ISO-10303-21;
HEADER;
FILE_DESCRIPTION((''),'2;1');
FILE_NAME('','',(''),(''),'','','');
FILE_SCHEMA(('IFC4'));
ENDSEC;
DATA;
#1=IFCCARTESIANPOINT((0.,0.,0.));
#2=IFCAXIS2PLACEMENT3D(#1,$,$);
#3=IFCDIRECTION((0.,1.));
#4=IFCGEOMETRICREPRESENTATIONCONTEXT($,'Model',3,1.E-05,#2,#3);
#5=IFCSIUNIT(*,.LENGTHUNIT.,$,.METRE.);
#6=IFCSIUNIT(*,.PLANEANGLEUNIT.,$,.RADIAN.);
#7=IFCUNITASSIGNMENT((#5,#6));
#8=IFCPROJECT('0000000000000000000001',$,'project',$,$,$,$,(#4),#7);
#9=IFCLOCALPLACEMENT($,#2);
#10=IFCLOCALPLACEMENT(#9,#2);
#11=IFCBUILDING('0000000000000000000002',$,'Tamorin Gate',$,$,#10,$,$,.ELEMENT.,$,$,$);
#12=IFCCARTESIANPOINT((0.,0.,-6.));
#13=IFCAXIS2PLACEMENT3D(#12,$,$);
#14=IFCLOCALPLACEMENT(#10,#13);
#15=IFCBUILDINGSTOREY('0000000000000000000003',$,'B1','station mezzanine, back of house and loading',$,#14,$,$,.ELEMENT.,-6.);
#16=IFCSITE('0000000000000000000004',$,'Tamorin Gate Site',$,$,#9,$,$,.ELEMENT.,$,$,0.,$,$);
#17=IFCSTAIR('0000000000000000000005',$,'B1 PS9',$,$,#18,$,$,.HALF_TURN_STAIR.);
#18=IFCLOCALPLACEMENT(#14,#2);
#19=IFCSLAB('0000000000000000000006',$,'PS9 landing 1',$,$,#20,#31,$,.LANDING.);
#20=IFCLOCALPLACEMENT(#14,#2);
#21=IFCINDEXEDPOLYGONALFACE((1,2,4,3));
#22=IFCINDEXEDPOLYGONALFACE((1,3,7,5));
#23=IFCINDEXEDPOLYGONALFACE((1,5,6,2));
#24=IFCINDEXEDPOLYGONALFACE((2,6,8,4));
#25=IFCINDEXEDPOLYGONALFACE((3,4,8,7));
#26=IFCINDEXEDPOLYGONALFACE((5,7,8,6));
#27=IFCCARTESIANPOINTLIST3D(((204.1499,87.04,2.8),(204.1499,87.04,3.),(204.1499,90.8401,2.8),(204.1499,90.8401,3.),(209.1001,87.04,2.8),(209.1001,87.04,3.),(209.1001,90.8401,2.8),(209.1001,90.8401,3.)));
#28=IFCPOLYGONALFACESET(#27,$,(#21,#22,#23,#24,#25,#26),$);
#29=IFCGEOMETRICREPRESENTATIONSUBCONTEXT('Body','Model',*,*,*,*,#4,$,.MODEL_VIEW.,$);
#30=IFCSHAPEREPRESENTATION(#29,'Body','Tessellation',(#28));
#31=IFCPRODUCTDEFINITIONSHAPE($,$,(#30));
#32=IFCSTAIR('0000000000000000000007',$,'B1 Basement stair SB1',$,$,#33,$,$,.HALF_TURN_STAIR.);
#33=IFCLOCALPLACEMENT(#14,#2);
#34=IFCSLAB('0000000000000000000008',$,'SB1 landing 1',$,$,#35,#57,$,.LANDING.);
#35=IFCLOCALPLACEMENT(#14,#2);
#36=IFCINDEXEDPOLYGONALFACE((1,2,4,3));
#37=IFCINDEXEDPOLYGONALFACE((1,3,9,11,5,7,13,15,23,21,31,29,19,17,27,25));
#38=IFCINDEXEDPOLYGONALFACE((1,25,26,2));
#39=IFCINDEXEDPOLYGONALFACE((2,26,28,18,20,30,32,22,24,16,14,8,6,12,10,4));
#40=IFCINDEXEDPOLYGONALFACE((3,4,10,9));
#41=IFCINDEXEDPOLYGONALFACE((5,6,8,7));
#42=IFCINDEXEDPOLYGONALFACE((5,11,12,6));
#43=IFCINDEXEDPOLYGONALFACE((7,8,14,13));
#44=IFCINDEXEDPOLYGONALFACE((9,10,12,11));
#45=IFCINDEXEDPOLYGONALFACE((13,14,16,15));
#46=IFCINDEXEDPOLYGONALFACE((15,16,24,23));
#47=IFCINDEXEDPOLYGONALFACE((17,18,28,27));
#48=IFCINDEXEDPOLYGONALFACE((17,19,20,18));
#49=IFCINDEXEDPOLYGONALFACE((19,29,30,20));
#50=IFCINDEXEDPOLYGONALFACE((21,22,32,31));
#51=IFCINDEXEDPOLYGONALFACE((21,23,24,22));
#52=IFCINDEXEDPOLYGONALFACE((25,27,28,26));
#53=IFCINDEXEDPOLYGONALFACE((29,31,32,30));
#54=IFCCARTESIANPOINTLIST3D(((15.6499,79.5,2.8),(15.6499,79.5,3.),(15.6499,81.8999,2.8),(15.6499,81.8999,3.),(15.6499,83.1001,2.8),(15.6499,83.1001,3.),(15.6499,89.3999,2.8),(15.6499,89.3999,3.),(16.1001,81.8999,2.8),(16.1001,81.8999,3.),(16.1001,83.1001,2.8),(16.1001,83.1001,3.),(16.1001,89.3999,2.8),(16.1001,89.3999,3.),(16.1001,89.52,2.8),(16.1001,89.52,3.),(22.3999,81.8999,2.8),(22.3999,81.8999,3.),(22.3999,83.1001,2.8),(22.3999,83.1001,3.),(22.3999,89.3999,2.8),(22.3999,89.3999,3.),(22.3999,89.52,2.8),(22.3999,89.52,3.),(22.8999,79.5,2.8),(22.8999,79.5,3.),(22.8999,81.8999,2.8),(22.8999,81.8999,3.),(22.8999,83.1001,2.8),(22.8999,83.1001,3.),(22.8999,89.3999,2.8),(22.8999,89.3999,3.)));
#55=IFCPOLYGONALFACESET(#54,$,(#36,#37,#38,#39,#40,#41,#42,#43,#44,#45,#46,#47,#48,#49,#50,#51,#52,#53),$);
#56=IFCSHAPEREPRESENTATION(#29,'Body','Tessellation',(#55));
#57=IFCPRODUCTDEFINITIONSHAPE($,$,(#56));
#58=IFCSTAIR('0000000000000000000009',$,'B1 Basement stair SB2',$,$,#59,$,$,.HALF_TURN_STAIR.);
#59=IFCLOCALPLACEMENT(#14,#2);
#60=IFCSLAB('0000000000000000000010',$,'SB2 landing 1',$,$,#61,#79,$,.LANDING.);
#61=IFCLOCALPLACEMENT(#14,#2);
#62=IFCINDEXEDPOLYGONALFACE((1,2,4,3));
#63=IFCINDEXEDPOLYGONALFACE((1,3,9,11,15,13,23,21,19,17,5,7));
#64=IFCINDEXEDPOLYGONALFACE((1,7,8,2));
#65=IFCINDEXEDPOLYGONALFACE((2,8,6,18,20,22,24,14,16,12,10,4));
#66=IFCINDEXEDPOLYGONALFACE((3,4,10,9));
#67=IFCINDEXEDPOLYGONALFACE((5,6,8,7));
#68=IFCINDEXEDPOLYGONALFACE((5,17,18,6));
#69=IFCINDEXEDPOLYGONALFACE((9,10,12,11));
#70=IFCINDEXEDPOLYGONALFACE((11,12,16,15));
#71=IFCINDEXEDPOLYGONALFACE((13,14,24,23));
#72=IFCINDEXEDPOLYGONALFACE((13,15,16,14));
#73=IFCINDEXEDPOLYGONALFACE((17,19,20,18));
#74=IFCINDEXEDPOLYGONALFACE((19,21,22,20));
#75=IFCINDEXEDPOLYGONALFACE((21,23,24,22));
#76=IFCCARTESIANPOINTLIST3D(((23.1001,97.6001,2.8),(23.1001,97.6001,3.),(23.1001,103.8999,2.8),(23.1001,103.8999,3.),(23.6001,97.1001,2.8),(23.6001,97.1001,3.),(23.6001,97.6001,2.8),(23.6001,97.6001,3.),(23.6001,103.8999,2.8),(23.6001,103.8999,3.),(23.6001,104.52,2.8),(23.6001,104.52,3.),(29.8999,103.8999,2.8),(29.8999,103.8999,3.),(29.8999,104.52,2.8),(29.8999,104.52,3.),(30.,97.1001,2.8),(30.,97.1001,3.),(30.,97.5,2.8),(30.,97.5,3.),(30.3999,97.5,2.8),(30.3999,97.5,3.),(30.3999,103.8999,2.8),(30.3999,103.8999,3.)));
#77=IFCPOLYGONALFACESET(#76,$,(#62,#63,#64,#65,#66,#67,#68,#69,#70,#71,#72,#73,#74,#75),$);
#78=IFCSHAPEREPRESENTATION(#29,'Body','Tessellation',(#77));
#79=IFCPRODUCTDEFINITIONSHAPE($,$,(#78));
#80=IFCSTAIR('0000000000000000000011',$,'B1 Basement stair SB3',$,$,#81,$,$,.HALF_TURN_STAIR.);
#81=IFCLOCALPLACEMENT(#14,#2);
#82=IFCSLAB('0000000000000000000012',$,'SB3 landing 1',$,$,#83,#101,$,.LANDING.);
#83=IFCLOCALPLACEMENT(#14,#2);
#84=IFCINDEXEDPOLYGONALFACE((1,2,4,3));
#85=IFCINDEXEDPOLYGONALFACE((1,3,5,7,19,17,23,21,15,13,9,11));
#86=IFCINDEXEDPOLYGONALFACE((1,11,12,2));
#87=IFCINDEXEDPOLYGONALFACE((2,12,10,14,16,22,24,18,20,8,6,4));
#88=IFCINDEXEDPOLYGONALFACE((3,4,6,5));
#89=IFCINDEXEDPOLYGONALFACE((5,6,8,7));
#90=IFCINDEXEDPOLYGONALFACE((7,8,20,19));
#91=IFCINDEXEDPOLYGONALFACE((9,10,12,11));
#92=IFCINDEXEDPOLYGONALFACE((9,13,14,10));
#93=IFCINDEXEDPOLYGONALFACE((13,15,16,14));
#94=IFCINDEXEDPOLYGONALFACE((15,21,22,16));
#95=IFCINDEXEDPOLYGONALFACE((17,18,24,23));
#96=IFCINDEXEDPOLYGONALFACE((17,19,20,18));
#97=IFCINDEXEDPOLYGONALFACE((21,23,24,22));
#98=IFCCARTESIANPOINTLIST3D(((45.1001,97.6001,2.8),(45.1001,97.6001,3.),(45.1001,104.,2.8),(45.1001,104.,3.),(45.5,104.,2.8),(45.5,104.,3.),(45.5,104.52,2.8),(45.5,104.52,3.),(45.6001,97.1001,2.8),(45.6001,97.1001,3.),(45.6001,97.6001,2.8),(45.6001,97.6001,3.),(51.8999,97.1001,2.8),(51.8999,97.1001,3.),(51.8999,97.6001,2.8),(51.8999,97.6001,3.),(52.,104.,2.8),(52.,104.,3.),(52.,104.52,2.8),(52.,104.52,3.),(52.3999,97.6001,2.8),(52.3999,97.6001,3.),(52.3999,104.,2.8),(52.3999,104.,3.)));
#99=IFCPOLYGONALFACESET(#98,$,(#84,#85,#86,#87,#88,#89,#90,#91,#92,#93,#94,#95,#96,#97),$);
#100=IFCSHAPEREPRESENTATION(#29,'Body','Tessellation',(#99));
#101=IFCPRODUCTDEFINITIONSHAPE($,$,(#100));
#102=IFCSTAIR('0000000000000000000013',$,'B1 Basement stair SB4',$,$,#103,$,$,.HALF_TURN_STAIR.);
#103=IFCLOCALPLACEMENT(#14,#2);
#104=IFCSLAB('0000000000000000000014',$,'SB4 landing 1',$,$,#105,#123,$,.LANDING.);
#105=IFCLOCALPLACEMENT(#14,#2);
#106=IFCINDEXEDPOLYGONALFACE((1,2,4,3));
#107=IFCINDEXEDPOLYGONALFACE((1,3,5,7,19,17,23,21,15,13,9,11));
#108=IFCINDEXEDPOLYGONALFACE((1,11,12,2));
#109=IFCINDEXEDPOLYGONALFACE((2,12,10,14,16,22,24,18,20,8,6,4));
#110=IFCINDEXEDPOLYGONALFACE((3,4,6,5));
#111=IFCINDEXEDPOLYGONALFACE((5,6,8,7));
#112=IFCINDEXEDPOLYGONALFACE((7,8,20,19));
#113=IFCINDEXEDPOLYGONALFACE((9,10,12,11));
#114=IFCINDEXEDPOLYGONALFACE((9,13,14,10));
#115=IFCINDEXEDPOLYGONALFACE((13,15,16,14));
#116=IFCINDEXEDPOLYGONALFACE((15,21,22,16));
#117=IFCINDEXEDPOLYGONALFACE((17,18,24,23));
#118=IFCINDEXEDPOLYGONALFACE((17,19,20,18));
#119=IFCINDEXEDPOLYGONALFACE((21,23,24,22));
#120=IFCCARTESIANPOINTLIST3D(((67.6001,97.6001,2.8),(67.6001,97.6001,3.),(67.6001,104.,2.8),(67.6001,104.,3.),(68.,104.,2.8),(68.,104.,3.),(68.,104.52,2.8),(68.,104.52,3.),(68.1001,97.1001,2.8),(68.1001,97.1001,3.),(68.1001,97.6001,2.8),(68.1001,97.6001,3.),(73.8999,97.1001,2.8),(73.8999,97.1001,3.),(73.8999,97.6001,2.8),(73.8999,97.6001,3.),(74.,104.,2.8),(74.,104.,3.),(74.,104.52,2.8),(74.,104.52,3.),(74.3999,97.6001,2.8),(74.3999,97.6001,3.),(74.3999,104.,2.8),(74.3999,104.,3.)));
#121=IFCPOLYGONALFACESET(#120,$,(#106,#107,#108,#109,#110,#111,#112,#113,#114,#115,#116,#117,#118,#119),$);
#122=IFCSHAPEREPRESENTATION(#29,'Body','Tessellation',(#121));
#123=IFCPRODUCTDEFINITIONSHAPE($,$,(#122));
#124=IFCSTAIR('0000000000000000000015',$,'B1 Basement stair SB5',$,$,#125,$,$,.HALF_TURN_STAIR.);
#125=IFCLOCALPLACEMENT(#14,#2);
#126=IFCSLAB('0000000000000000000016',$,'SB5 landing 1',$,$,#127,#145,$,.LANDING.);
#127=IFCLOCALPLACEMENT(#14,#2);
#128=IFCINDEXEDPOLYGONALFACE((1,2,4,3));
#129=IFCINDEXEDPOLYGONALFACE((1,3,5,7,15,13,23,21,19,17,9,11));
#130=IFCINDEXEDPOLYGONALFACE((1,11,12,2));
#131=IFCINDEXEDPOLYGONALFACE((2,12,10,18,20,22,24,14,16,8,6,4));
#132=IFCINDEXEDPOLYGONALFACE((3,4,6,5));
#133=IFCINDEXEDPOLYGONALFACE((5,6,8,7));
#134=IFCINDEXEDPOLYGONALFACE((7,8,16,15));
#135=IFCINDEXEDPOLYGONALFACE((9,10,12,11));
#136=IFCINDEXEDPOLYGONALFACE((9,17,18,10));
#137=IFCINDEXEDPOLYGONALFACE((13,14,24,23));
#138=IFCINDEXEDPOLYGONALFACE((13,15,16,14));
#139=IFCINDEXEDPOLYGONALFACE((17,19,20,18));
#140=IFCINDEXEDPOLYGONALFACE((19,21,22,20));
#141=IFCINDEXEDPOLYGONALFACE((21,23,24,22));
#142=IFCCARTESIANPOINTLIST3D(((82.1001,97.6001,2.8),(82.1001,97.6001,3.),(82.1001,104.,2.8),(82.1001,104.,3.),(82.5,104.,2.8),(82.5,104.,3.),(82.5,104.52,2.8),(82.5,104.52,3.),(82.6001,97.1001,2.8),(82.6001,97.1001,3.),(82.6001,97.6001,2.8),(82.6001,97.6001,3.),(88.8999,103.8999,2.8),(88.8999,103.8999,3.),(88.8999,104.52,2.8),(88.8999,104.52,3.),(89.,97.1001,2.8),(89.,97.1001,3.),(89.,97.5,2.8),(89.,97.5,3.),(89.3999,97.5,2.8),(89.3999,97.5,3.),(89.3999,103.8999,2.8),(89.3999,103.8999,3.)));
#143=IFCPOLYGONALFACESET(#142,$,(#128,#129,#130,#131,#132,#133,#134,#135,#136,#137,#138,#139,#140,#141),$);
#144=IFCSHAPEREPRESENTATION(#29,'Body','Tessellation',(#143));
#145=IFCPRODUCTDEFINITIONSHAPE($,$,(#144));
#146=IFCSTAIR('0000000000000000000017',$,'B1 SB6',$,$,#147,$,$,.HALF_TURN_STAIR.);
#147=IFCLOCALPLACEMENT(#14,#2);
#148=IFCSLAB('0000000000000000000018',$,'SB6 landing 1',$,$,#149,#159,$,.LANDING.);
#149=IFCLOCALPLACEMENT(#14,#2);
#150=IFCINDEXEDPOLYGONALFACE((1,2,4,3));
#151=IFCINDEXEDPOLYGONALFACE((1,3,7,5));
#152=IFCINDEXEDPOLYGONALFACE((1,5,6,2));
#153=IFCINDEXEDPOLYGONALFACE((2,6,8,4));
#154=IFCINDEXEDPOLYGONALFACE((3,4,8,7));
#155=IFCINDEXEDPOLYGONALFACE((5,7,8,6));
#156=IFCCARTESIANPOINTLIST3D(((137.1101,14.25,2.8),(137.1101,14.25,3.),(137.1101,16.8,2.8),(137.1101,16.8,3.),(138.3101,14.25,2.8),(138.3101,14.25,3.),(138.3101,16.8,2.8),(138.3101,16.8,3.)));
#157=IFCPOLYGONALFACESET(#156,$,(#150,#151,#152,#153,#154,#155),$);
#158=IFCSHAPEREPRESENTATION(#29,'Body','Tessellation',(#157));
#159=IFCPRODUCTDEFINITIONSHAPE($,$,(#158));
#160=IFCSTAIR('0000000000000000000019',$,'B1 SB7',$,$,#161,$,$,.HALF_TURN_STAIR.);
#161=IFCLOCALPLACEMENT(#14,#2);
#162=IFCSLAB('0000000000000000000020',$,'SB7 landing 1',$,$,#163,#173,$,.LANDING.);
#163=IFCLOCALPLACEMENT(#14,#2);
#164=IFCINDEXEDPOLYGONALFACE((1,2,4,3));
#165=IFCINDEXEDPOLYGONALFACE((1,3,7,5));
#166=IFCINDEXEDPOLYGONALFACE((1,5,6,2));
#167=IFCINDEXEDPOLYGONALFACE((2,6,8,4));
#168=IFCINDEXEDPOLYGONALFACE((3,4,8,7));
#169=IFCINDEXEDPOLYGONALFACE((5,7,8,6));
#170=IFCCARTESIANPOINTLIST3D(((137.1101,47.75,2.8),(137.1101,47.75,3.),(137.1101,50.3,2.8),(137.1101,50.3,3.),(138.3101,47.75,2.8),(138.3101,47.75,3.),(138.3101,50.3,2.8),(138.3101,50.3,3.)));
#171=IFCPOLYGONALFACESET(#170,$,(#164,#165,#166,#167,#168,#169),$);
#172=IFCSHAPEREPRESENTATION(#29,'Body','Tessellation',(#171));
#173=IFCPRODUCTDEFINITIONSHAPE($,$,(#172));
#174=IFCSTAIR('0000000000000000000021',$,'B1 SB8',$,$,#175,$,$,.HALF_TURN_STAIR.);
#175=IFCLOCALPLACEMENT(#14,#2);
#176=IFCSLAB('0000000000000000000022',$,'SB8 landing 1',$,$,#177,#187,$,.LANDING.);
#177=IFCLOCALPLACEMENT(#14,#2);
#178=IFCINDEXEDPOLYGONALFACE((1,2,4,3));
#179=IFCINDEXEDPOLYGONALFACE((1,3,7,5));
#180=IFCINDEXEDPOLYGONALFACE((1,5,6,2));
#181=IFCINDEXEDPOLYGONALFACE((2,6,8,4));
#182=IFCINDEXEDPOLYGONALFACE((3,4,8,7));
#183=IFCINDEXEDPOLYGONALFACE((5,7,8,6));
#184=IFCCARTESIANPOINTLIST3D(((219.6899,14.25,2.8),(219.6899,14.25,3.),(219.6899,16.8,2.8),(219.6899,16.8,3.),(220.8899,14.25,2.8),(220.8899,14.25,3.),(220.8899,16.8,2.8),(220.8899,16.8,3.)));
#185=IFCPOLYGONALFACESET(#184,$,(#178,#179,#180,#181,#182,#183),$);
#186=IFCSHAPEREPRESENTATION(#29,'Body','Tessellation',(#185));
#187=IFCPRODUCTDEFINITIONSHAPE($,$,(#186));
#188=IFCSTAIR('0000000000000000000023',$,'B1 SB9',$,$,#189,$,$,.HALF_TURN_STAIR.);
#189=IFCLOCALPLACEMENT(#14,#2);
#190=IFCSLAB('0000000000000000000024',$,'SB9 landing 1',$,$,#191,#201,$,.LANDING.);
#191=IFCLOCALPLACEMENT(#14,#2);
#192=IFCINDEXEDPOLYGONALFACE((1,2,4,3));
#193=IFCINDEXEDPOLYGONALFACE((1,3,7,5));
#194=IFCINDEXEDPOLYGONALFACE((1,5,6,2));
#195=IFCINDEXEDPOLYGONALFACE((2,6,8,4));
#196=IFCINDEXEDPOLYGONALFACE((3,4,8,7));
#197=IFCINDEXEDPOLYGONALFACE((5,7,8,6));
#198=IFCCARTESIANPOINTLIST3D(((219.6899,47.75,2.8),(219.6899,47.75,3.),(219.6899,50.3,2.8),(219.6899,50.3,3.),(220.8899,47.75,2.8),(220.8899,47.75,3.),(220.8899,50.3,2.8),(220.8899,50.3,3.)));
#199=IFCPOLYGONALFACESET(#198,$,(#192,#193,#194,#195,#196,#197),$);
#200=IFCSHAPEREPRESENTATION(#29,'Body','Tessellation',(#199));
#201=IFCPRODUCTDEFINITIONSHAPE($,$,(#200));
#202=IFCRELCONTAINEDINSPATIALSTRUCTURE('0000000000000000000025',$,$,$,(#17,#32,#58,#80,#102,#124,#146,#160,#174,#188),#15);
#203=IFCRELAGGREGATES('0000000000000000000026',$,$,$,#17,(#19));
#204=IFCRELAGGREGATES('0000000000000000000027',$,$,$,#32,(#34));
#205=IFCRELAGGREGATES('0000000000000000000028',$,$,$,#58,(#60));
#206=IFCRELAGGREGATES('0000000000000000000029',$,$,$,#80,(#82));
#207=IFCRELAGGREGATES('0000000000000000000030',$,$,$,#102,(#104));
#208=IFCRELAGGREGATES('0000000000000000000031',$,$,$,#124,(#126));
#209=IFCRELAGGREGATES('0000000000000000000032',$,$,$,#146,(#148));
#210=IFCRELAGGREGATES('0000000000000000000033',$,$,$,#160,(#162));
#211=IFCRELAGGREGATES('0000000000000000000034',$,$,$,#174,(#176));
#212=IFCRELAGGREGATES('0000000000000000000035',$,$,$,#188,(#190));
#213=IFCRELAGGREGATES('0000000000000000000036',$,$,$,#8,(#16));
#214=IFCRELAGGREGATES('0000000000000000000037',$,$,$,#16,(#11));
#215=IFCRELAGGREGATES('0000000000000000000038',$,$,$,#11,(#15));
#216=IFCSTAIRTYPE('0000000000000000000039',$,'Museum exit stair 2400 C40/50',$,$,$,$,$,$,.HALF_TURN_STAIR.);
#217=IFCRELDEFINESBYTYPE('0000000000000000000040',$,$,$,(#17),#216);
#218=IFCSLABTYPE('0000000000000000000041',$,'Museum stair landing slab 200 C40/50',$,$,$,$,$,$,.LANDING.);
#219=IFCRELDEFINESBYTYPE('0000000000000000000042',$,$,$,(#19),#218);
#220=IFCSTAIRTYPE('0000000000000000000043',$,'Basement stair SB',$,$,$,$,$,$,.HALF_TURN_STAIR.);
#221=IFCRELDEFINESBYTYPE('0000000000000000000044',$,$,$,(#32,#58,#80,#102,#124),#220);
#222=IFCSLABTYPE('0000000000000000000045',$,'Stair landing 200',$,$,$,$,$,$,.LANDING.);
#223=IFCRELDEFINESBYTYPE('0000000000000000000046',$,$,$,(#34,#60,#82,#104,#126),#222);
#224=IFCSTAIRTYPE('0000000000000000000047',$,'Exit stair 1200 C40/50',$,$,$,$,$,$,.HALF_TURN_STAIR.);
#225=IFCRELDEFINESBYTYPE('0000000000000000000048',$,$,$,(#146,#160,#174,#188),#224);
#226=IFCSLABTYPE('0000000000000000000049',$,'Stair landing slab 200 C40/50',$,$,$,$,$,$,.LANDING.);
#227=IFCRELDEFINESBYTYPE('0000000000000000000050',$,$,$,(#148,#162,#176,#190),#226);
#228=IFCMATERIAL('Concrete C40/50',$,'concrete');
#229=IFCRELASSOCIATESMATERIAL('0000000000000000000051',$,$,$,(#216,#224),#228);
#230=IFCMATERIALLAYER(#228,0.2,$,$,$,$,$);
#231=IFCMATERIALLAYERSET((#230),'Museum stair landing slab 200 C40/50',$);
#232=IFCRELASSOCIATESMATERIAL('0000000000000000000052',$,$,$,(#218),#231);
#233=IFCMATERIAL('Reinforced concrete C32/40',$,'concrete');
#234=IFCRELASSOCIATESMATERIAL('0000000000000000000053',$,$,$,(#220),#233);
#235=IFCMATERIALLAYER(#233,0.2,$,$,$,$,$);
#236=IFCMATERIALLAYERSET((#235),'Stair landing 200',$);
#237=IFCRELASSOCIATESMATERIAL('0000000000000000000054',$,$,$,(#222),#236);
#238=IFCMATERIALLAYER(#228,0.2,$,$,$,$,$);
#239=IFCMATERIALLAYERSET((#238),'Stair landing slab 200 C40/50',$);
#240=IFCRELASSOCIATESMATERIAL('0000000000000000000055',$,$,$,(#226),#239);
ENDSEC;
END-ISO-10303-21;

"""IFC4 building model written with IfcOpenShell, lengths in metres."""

from ifc_helpers import new_model, si_unit, direction, frame, origin, place, context, subcontext, project, spatial, polyline, outline, extrude, material, layer, layer_set, type_object, element, aggregate, save


model = new_model("IFC4")

# Units and contexts
model_context = context("Model", 3, precision=1e-05, world=origin(), true_north=direction((0.0, 1.0)))
body_context = subcontext(model_context, "Body", "Model", "MODEL_VIEW")
ifc_project = project(units=[si_unit("LENGTHUNIT", "METRE"), si_unit("PLANEANGLEUNIT", "RADIAN")], contexts=[model_context])

# Site, building, storey
site_placement = place(None, origin())
site = spatial("IfcSite", under=ifc_project, at=site_placement, Name="Tamorin Gate Site", CompositionType="ELEMENT", RefElevation=0.0)
building_placement = place(site_placement, origin())
building = spatial("IfcBuilding", under=site, at=building_placement, Name="Tamorin Gate", CompositionType="ELEMENT")
storey_placement = place(building_placement, frame((0.0, 0.0, -6.0)))
storey = spatial("IfcBuildingStorey", under=building, at=storey_placement, Name="B1", Description="station mezzanine, back of house and loading", CompositionType="ELEMENT", Elevation=-6.0)

# Shared definitions
ifc_material_1 = material(Name="Concrete C40/50", Category="concrete")

# Stairs, slabs
stair_type_1 = type_object("IfcStairType", Name="Museum exit stair 2400 C40/50", PredefinedType="HALF_TURN_STAIR", material=ifc_material_1)
ifc_layer_1 = layer(ifc_material_1, 0.2)
ifc_layer_set_1 = layer_set([ifc_layer_1], Name="Museum stair landing slab 200 C40/50")
slab_type_1 = type_object("IfcSlabType", Name="Museum stair landing slab 200 C40/50", PredefinedType="LANDING", material=ifc_layer_set_1)
stair_1_placement = place(storey_placement, origin())
stair_1 = element("IfcStair", 1, at=stair_1_placement, inside=storey, type_object=stair_type_1, Name="B1 PS9", PredefinedType="HALF_TURN_STAIR")
slab_1_placement = place(storey_placement, frame((0.0, 0.0, 2.8)))
slab_1 = element("IfcSlab", 2, at=slab_1_placement, type_object=slab_type_1, Name="PS9 landing 1", PredefinedType="LANDING", context=body_context, shape_type="SweptSolid", body=[
    extrude(outline(polyline([(204.1499, 90.8401), (204.1499, 87.04), (209.1001, 87.04), (209.1001, 90.8401), (204.1499, 90.8401)])), origin(), (0.0, 0.0, 1.0), 0.2),
])
aggregate(stair_1, [slab_1])
ifc_material_2 = material(Name="Reinforced concrete C32/40", Category="concrete")
stair_type_2 = type_object("IfcStairType", Name="Basement stair SB", PredefinedType="HALF_TURN_STAIR", material=ifc_material_2)
stair_2_placement = place(storey_placement, origin())
stair_2 = element("IfcStair", 3, at=stair_2_placement, inside=storey, type_object=stair_type_2, Name="B1 Basement stair SB1", PredefinedType="HALF_TURN_STAIR")
ifc_layer_2 = layer(ifc_material_2, 0.2)
ifc_layer_set_2 = layer_set([ifc_layer_2], Name="Stair landing 200")
slab_type_2 = type_object("IfcSlabType", Name="Stair landing 200", PredefinedType="LANDING", material=ifc_layer_set_2)
slab_2_placement = place(storey_placement, frame((0.0, 0.0, 2.8)))
slab_2 = element("IfcSlab", 4, at=slab_2_placement, type_object=slab_type_2, Name="SB1 landing 1", PredefinedType="LANDING", context=body_context, shape_type="SweptSolid", body=[
    extrude(outline(polyline([(22.3999, 83.1001), (22.3999, 81.8999), (22.8999, 81.8999), (22.8999, 79.5), (15.6499, 79.5), (15.6499, 81.8999), (16.1001, 81.8999), (16.1001, 83.1001), (15.6499, 83.1001), (15.6499, 89.3999), (16.1001, 89.3999), (16.1001, 89.52), (22.3999, 89.52), (22.3999, 89.3999), (22.8999, 89.3999), (22.8999, 83.1001), (22.3999, 83.1001)])), origin(), (0.0, 0.0, 1.0), 0.2),
])
aggregate(stair_2, [slab_2])
stair_3_placement = place(storey_placement, origin())
stair_3 = element("IfcStair", 5, at=stair_3_placement, inside=storey, type_object=stair_type_2, Name="B1 Basement stair SB2", PredefinedType="HALF_TURN_STAIR")
slab_3_placement = place(storey_placement, frame((0.0, 0.0, 2.8)))
slab_3 = element("IfcSlab", 6, at=slab_3_placement, type_object=slab_type_2, Name="SB2 landing 1", PredefinedType="LANDING", context=body_context, shape_type="SweptSolid", body=[
    extrude(outline(polyline([(30.3999, 97.5), (30.0, 97.5), (30.0, 97.1001), (23.6001, 97.1001), (23.6001, 97.6001), (23.1001, 97.6001), (23.1001, 103.8999), (23.6001, 103.8999), (23.6001, 104.52), (29.8999, 104.52), (29.8999, 103.8999), (30.3999, 103.8999), (30.3999, 97.5)])), origin(), (0.0, 0.0, 1.0), 0.2),
])
aggregate(stair_3, [slab_3])
stair_4_placement = place(storey_placement, origin())
stair_4 = element("IfcStair", 7, at=stair_4_placement, inside=storey, type_object=stair_type_2, Name="B1 Basement stair SB3", PredefinedType="HALF_TURN_STAIR")
slab_4_placement = place(storey_placement, frame((0.0, 0.0, 2.8)))
slab_4 = element("IfcSlab", 8, at=slab_4_placement, type_object=slab_type_2, Name="SB3 landing 1", PredefinedType="LANDING", context=body_context, shape_type="SweptSolid", body=[
    extrude(outline(polyline([(51.8999, 97.6001), (51.8999, 97.1001), (45.6001, 97.1001), (45.6001, 97.6001), (45.1001, 97.6001), (45.1001, 104.0), (45.5, 104.0), (45.5, 104.52), (52.0, 104.52), (52.0, 104.0), (52.3999, 104.0), (52.3999, 97.6001), (51.8999, 97.6001)])), origin(), (0.0, 0.0, 1.0), 0.2),
])
aggregate(stair_4, [slab_4])
stair_5_placement = place(storey_placement, origin())
stair_5 = element("IfcStair", 9, at=stair_5_placement, inside=storey, type_object=stair_type_2, Name="B1 Basement stair SB4", PredefinedType="HALF_TURN_STAIR")
slab_5_placement = place(storey_placement, frame((0.0, 0.0, 2.8)))
slab_5 = element("IfcSlab", 10, at=slab_5_placement, type_object=slab_type_2, Name="SB4 landing 1", PredefinedType="LANDING", context=body_context, shape_type="SweptSolid", body=[
    extrude(outline(polyline([(73.8999, 97.6001), (73.8999, 97.1001), (68.1001, 97.1001), (68.1001, 97.6001), (67.6001, 97.6001), (67.6001, 104.0), (68.0, 104.0), (68.0, 104.52), (74.0, 104.52), (74.0, 104.0), (74.3999, 104.0), (74.3999, 97.6001), (73.8999, 97.6001)])), origin(), (0.0, 0.0, 1.0), 0.2),
])
aggregate(stair_5, [slab_5])
stair_6_placement = place(storey_placement, origin())
stair_6 = element("IfcStair", 11, at=stair_6_placement, inside=storey, type_object=stair_type_2, Name="B1 Basement stair SB5", PredefinedType="HALF_TURN_STAIR")
slab_6_placement = place(storey_placement, frame((0.0, 0.0, 2.8)))
slab_6 = element("IfcSlab", 12, at=slab_6_placement, type_object=slab_type_2, Name="SB5 landing 1", PredefinedType="LANDING", context=body_context, shape_type="SweptSolid", body=[
    extrude(outline(polyline([(89.0, 97.1001), (82.6001, 97.1001), (82.6001, 97.6001), (82.1001, 97.6001), (82.1001, 104.0), (82.5, 104.0), (82.5, 104.52), (88.8999, 104.52), (88.8999, 103.8999), (89.3999, 103.8999), (89.3999, 97.5), (89.0, 97.5), (89.0, 97.1001)])), origin(), (0.0, 0.0, 1.0), 0.2),
])
aggregate(stair_6, [slab_6])
stair_type_3 = type_object("IfcStairType", Name="Exit stair 1200 C40/50", PredefinedType="HALF_TURN_STAIR", material=ifc_material_1)
stair_7_placement = place(storey_placement, origin())
stair_7 = element("IfcStair", 13, at=stair_7_placement, inside=storey, type_object=stair_type_3, Name="B1 SB6", PredefinedType="HALF_TURN_STAIR")
ifc_layer_3 = layer(ifc_material_1, 0.2)
ifc_layer_set_3 = layer_set([ifc_layer_3], Name="Stair landing slab 200 C40/50")
slab_type_3 = type_object("IfcSlabType", Name="Stair landing slab 200 C40/50", PredefinedType="LANDING", material=ifc_layer_set_3)
slab_7_placement = place(storey_placement, frame((0.0, 0.0, 2.8)))
slab_7 = element("IfcSlab", 14, at=slab_7_placement, type_object=slab_type_3, Name="SB6 landing 1", PredefinedType="LANDING", context=body_context, shape_type="SweptSolid", body=[
    extrude(outline(polyline([(137.1101, 14.25), (138.3101, 14.25), (138.3101, 16.8), (137.1101, 16.8), (137.1101, 14.25)])), origin(), (0.0, 0.0, 1.0), 0.2),
])
aggregate(stair_7, [slab_7])
stair_8_placement = place(storey_placement, origin())
stair_8 = element("IfcStair", 15, at=stair_8_placement, inside=storey, type_object=stair_type_3, Name="B1 SB7", PredefinedType="HALF_TURN_STAIR")
slab_8_placement = place(storey_placement, frame((0.0, 0.0, 2.8)))
slab_8 = element("IfcSlab", 16, at=slab_8_placement, type_object=slab_type_3, Name="SB7 landing 1", PredefinedType="LANDING", context=body_context, shape_type="SweptSolid", body=[
    extrude(outline(polyline([(137.1101, 47.75), (138.3101, 47.75), (138.3101, 50.3), (137.1101, 50.3), (137.1101, 47.75)])), origin(), (0.0, 0.0, 1.0), 0.2),
])
aggregate(stair_8, [slab_8])
stair_9_placement = place(storey_placement, origin())
stair_9 = element("IfcStair", 17, at=stair_9_placement, inside=storey, type_object=stair_type_3, Name="B1 SB8", PredefinedType="HALF_TURN_STAIR")
slab_9_placement = place(storey_placement, frame((0.0, 0.0, 2.8)))
slab_9 = element("IfcSlab", 18, at=slab_9_placement, type_object=slab_type_3, Name="SB8 landing 1", PredefinedType="LANDING", context=body_context, shape_type="SweptSolid", body=[
    extrude(outline(polyline([(220.8899, 16.8), (219.6899, 16.8), (219.6899, 14.25), (220.8899, 14.25), (220.8899, 16.8)])), origin(), (0.0, 0.0, 1.0), 0.2),
])
aggregate(stair_9, [slab_9])
stair_10_placement = place(storey_placement, origin())
stair_10 = element("IfcStair", 19, at=stair_10_placement, inside=storey, type_object=stair_type_3, Name="B1 SB9", PredefinedType="HALF_TURN_STAIR")
slab_10_placement = place(storey_placement, frame((0.0, 0.0, 2.8)))
slab_10 = element("IfcSlab", 20, at=slab_10_placement, type_object=slab_type_3, Name="SB9 landing 1", PredefinedType="LANDING", context=body_context, shape_type="SweptSolid", body=[
    extrude(outline(polyline([(220.8899, 50.3), (219.6899, 50.3), (219.6899, 47.75), (220.8899, 47.75), (220.8899, 50.3)])), origin(), (0.0, 0.0, 1.0), 0.2),
])
aggregate(stair_10, [slab_10])

save(model, "model.ifc")
